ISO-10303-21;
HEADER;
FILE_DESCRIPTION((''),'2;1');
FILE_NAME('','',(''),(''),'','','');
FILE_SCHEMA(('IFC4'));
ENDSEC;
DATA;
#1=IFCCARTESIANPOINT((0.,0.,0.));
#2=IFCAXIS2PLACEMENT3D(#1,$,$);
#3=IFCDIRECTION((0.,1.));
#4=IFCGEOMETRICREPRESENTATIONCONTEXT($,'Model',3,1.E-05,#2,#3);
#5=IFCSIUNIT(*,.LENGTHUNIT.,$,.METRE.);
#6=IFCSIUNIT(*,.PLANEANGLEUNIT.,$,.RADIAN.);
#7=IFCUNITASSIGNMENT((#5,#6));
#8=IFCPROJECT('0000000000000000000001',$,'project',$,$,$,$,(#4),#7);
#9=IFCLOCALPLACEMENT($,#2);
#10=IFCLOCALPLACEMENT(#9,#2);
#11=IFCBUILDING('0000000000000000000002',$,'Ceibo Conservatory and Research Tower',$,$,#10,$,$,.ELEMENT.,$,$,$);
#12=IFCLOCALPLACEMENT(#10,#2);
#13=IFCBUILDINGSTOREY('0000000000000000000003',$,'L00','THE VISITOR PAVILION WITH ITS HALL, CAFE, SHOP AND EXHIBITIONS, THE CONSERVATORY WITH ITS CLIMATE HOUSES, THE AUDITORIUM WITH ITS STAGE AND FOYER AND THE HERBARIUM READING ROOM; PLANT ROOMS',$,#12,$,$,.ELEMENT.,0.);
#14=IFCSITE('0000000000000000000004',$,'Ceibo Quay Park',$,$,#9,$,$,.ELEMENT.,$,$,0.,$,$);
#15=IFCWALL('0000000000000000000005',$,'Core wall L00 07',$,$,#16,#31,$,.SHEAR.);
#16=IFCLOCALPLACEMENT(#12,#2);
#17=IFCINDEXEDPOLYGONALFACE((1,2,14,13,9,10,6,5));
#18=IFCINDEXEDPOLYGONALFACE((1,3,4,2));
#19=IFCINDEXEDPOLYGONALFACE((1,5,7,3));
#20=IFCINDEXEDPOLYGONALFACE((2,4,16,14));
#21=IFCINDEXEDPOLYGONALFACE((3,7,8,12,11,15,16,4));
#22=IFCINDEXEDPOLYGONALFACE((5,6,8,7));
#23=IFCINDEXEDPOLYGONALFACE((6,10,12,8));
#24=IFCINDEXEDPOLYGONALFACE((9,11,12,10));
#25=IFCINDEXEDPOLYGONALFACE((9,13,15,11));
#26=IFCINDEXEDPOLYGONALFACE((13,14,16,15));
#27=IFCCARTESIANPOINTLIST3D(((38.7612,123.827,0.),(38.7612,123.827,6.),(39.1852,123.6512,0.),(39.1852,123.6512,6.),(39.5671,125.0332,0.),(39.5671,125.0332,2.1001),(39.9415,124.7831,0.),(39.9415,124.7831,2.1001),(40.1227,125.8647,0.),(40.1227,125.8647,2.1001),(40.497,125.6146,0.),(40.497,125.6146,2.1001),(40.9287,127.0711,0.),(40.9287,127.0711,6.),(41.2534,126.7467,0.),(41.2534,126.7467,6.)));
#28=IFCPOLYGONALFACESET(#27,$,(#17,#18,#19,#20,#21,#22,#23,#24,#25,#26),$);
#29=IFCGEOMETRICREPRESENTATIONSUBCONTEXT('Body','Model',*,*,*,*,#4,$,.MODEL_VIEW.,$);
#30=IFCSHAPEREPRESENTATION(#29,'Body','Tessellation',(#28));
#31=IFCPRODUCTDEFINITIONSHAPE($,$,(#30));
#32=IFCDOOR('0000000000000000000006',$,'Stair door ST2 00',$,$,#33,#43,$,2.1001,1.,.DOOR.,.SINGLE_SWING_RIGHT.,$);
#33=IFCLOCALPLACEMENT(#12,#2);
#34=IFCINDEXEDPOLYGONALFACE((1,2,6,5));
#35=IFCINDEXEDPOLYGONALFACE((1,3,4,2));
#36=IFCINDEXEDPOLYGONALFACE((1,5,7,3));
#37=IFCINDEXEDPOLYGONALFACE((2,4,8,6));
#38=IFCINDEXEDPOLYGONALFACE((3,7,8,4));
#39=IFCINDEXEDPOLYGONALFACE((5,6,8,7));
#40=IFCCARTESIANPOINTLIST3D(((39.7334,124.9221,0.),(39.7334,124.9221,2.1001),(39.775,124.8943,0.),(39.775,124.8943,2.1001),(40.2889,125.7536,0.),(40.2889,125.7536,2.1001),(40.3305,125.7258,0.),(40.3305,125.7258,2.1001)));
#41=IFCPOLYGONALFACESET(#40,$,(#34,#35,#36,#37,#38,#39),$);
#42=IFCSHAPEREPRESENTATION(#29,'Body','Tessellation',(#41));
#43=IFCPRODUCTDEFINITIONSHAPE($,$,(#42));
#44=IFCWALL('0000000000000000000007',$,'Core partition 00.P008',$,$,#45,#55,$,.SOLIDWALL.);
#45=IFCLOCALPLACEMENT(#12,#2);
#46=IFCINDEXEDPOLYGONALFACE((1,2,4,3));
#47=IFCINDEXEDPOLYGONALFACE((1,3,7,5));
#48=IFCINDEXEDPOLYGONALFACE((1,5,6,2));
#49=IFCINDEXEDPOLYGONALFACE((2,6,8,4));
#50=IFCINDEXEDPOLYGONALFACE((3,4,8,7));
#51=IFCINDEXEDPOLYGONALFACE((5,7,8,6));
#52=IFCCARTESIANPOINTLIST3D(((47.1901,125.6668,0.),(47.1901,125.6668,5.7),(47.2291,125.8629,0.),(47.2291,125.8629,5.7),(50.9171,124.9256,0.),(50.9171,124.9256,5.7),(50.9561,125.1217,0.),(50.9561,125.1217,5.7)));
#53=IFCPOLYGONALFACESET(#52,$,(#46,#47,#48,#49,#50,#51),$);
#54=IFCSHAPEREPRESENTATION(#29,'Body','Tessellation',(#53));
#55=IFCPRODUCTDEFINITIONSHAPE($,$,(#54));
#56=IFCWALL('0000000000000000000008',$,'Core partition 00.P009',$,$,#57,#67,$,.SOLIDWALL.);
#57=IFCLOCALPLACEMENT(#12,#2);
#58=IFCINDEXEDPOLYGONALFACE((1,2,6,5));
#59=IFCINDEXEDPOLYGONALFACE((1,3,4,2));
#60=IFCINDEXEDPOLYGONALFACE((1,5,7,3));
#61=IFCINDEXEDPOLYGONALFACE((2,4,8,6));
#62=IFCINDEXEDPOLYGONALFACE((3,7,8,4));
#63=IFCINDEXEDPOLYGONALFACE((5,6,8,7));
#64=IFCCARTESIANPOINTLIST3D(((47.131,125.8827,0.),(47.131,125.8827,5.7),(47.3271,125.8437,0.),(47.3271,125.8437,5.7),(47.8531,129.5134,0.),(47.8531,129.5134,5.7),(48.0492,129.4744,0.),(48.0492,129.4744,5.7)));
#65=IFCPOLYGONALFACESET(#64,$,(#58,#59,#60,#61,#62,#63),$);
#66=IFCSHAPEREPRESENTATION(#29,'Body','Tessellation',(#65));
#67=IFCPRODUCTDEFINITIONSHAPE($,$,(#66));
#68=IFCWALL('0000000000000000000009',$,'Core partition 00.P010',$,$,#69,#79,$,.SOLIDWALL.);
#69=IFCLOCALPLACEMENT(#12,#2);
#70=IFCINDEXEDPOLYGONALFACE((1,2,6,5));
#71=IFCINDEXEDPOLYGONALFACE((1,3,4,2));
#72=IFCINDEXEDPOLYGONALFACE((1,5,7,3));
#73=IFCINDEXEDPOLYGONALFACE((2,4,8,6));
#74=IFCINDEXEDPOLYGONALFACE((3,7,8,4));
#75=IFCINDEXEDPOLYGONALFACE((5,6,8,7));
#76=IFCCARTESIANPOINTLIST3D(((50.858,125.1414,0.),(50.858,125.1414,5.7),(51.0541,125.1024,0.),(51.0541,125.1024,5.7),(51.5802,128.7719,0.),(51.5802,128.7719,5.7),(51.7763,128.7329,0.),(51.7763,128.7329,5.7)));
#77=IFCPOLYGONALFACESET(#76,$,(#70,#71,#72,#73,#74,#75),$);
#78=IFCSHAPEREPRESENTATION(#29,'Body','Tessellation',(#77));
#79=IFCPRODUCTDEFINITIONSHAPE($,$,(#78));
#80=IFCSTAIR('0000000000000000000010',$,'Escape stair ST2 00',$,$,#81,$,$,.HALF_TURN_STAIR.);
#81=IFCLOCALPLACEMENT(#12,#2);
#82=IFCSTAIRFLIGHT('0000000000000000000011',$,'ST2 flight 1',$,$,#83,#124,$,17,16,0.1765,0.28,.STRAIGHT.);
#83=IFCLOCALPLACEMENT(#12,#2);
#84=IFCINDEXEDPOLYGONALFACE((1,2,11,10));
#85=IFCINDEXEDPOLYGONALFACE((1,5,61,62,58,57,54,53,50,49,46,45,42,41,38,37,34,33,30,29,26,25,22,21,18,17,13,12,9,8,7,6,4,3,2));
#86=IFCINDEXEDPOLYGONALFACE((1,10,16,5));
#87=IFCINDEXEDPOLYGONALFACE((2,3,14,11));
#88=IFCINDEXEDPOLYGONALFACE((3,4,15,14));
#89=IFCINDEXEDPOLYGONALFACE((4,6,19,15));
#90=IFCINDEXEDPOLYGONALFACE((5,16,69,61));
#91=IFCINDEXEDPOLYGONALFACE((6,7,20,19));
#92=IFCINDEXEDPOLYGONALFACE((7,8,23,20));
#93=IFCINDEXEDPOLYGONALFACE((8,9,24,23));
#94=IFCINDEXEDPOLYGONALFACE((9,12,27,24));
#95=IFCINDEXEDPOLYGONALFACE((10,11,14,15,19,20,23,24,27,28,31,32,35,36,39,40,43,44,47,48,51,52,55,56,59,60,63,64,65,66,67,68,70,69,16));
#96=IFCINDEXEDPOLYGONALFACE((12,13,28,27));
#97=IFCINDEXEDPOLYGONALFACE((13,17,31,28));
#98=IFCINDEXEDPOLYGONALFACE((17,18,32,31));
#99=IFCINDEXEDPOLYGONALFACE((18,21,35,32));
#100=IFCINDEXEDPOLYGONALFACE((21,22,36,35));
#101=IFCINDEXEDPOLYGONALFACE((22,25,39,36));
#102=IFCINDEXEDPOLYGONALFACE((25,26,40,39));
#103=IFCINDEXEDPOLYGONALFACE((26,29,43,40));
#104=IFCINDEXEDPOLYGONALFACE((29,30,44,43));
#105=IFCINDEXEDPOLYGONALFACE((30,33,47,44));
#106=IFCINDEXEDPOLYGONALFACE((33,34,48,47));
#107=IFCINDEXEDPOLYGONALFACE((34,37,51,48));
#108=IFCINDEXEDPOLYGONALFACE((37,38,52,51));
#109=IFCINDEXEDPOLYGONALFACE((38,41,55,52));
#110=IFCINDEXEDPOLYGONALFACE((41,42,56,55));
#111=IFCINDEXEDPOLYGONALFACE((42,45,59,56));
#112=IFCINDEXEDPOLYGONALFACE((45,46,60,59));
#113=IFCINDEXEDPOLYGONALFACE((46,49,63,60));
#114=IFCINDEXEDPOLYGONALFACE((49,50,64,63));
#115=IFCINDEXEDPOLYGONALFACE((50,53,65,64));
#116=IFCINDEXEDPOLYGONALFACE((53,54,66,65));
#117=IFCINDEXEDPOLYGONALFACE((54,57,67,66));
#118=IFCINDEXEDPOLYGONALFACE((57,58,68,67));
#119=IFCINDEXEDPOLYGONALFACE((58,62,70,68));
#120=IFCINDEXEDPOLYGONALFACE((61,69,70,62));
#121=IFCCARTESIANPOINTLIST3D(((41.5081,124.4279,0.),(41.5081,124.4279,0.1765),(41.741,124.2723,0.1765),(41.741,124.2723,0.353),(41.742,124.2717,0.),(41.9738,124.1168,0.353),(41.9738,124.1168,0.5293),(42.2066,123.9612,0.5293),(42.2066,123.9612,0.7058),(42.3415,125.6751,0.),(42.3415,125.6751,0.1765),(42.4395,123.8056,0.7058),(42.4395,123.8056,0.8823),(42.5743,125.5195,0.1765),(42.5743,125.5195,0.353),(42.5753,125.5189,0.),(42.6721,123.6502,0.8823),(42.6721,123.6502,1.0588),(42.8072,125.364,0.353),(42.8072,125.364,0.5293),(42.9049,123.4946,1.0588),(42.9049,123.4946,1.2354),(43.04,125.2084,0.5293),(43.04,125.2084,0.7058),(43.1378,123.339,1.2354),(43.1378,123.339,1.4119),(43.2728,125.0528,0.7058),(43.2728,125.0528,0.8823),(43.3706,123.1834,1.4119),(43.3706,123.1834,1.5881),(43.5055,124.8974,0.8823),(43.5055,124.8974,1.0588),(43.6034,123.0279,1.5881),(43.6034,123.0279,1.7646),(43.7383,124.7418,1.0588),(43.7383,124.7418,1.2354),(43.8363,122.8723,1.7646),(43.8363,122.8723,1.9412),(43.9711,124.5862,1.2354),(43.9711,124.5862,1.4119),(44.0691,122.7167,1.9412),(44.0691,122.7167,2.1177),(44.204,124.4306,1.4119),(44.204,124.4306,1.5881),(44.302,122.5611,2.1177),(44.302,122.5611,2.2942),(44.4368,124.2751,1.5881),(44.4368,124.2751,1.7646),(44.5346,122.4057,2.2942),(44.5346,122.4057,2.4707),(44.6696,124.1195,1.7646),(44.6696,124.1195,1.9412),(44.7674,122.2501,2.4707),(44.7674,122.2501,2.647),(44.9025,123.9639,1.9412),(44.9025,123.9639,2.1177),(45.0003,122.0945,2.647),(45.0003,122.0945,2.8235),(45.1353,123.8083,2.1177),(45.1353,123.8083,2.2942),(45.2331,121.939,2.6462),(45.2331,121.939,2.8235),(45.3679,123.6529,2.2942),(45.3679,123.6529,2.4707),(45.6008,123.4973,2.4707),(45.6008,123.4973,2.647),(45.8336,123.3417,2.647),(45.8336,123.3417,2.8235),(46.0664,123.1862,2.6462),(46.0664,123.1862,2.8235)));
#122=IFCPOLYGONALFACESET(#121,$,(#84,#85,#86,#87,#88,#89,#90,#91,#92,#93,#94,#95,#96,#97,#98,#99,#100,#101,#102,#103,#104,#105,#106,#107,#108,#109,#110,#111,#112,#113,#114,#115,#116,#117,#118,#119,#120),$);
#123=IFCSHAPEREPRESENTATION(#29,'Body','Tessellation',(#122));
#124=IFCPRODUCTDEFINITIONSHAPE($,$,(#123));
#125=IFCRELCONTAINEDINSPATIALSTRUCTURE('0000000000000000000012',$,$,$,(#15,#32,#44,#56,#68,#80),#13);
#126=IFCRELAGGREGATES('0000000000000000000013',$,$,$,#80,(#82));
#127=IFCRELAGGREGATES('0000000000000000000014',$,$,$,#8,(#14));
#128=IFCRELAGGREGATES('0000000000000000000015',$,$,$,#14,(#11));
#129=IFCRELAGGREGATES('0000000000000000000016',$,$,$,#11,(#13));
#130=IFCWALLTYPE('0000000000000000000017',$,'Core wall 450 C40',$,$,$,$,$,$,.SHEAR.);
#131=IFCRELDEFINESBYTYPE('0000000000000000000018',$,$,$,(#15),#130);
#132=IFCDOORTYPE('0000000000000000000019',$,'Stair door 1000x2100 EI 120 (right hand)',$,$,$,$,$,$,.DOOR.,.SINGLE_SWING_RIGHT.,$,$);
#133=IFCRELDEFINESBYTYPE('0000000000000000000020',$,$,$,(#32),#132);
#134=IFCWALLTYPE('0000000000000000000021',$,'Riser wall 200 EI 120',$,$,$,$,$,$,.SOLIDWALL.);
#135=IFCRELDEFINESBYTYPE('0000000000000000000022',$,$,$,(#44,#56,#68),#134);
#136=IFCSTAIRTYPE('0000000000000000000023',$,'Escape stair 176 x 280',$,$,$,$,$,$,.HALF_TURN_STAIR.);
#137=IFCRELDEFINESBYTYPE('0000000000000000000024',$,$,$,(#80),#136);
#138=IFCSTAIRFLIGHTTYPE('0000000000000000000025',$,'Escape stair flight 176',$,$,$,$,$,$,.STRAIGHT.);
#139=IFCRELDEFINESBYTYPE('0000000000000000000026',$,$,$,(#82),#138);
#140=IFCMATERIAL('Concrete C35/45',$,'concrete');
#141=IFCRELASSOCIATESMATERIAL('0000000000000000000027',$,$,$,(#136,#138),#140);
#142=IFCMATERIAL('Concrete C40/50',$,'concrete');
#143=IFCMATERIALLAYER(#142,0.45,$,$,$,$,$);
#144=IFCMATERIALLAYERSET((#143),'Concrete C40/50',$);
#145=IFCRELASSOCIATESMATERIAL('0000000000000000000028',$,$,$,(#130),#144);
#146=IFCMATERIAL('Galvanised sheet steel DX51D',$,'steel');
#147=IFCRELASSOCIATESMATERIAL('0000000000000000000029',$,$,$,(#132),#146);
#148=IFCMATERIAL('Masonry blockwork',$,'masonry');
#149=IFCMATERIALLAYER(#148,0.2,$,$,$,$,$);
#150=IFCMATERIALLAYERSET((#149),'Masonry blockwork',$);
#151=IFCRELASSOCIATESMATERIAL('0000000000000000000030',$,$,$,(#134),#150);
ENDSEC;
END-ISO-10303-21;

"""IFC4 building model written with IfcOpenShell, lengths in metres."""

from ifc_helpers import new_model, si_unit, direction, frame, frame_2d, origin, place, context, subcontext, project, spatial, polyline, rectangle, outline, extrude, material, layer, layer_set, type_object, element, fill, aggregate, save


model = new_model("IFC4")

# Units and contexts
model_context = context("Model", 3, precision=1e-05, world=origin(), true_north=direction((0.0, 1.0)))
body_context = subcontext(model_context, "Body", "Model", "MODEL_VIEW")
ifc_project = project(units=[si_unit("LENGTHUNIT", "METRE"), si_unit("PLANEANGLEUNIT", "RADIAN")], contexts=[model_context])

# Site, building, storey
site_placement = place(None, origin())
site = spatial("IfcSite", under=ifc_project, at=site_placement, Name="Ceibo Quay Park", CompositionType="ELEMENT", RefElevation=0.0)
building_placement = place(site_placement, origin())
building = spatial("IfcBuilding", under=site, at=building_placement, Name="Ceibo Conservatory and Research Tower", CompositionType="ELEMENT")
storey_placement = place(building_placement, origin())
storey = spatial("IfcBuildingStorey", under=building, at=storey_placement, Name="L00", Description="THE VISITOR PAVILION WITH ITS HALL, CAFE, SHOP AND EXHIBITIONS, THE CONSERVATORY WITH ITS CLIMATE HOUSES, THE AUDITORIUM WITH ITS STAGE AND FOYER AND THE HERBARIUM READING ROOM; PLANT ROOMS", CompositionType="ELEMENT", Elevation=0.0)

# Shared definitions
ifc_material_1 = material(Name="Concrete C35/45", Category="concrete")

# Shared definitions
stair_type = type_object("IfcStairType", Name="Escape stair 176 x 280", PredefinedType="HALF_TURN_STAIR", material=ifc_material_1)

# Shared definitions
ifc_material_2 = material(Name="Concrete C40/50", Category="concrete")
ifc_layer_1 = layer(ifc_material_2, 0.45)
ifc_layer_set_1 = layer_set([ifc_layer_1], Name="Concrete C40/50")
wall_type_1 = type_object("IfcWallType", Name="Core wall 450 C40", PredefinedType="SHEAR", material=ifc_layer_set_1)
ifc_material_3 = material(Name="Galvanised sheet steel DX51D", Category="steel")

# Wall, opening, door
wall_1_placement = place(storey_placement, frame((41.0911, 126.9089, 0.0), z_axis=(0.0, 0.0, 1.0), x_axis=(-0.555542, -0.831488, 0.0)))
wall_1 = element("IfcWall", 1, at=wall_1_placement, inside=storey, type_object=wall_type_1, Name="Core wall L00 07", PredefinedType="SHEAR", context=body_context, shape_type="SweptSolid", body=[
    extrude(outline(polyline([(-0.0447, -0.2251), (3.8569, -0.2251), (3.7676, 0.2251), (0.0447, 0.2251), (-0.0447, -0.2251)])), origin(), (0.0, 0.0, 1.0), 6.0),
])
opening_1_placement = place(wall_1_placement, frame((1.4062, 0.0, 0.0)))
opening_1 = element("IfcOpeningElement", 2, at=opening_1_placement, cuts=wall_1, PredefinedType="OPENING", context=body_context, shape_type="SweptSolid", body=[
    extrude(rectangle(XDim=1.0, YDim=2.1001, at=frame_2d((0.5, 1.05))), frame((0.0, 0.2349, 0.0), z_axis=(0.0, -1.0, 0.0), x_axis=(1.0, 0.0, 0.0)), (0.0, 0.0, 1.0), 0.47),
])
door_type_1 = type_object("IfcDoorType", Name="Stair door 1000x2100 EI 120 (right hand)", OperationType="SINGLE_SWING_RIGHT", PredefinedType="DOOR", material=ifc_material_3)
door_1_placement = place(opening_1_placement, origin())
door_1 = element("IfcDoor", 3, at=door_1_placement, inside=storey, type_object=door_type_1, Name="Stair door ST2 00", OperationType="SINGLE_SWING_RIGHT", OverallHeight=2.1001, OverallWidth=1.0, PredefinedType="DOOR", context=body_context, shape_type="SweptSolid", body=[
    extrude(rectangle(XDim=1.0, YDim=2.1001, at=frame_2d((0.5, 1.05))), frame((0.0, 0.0249, 0.0), z_axis=(0.0, -1.0, 0.0), x_axis=(1.0, 0.0, 0.0)), (0.0, 0.0, 1.0), 0.05),
])
fill(opening_1, door_1)

# Walls
ifc_material_4 = material(Name="Masonry blockwork", Category="masonry")
ifc_layer_2 = layer(ifc_material_4, 0.2)
ifc_layer_set_2 = layer_set([ifc_layer_2], Name="Masonry blockwork")
wall_type_2 = type_object("IfcWallType", Name="Riser wall 200 EI 120", PredefinedType="SOLIDWALL", material=ifc_layer_set_2)
wall_2_placement = place(storey_placement, frame((50.9365, 125.0237, 0.0), z_axis=(0.0, 0.0, 1.0), x_axis=(-0.980793, 0.195053, 0.0)))
element("IfcWall", 4, at=wall_2_placement, inside=storey, type_object=wall_type_2, Name="Core partition 00.P008", PredefinedType="SOLIDWALL", context=body_context, shape_type="SweptSolid", body=[
    extrude(rectangle(XDim=3.8, YDim=0.2, at=frame_2d((1.8999, 0.0))), origin(), (0.0, 0.0, 1.0), 5.7),
])
wall_3_placement = place(storey_placement, frame((47.229, 125.863, 0.0), z_axis=(0.0, 0.0, 1.0), x_axis=(0.195076, 0.980788, 0.0)))
element("IfcWall", 5, at=wall_3_placement, inside=storey, type_object=wall_type_2, Name="Core partition 00.P009", PredefinedType="SOLIDWALL", context=body_context, shape_type="SweptSolid", body=[
    extrude(rectangle(XDim=3.7019, YDim=0.2, at=frame_2d((1.8511, 0.0))), origin(), (0.0, 0.0, 1.0), 5.7),
])
wall_4_placement = place(storey_placement, frame((51.6782, 128.7524, 0.0), z_axis=(0.0, 0.0, 1.0), x_axis=(-0.195089, -0.980786, 0.0)))
element("IfcWall", 6, at=wall_4_placement, inside=storey, type_object=wall_type_2, Name="Core partition 00.P010", PredefinedType="SOLIDWALL", context=body_context, shape_type="SweptSolid", body=[
    extrude(rectangle(XDim=3.7017, YDim=0.2, at=frame_2d((1.8508, 0.0))), origin(), (0.0, 0.0, 1.0), 5.7),
])

# Stair, stair flight
stair_1_placement = place(storey_placement, origin())
stair_1 = element("IfcStair", 7, at=stair_1_placement, inside=storey, type_object=stair_type, Name="Escape stair ST2 00", PredefinedType="HALF_TURN_STAIR")
stair_flight_type = type_object("IfcStairFlightType", Name="Escape stair flight 176", PredefinedType="STRAIGHT", material=ifc_material_1)
stair_flight_placement = place(storey_placement, frame((41.9248, 125.0515, 0.0), z_axis=(0.0, 0.0, 1.0), x_axis=(0.83147, -0.55557, 0.0)))
stair_flight = element("IfcStairFlight", 8, at=stair_flight_placement, type_object=stair_flight_type, Name="ST2 flight 1", NumberOfRisers=17, NumberOfTreads=16, PredefinedType="STRAIGHT", RiserHeight=0.1765, TreadLength=0.28, context=body_context, shape_type="SweptSolid", body=[
    extrude(outline(polyline([(0.0, 0.0), (0.0, 0.1765), (0.28, 0.1765), (0.28, 0.353), (0.5601, 0.353), (0.5601, 0.5293), (0.8401, 0.5293), (0.8401, 0.7058), (1.1201, 0.7058), (1.1201, 0.8823), (1.3999, 0.8823), (1.3999, 1.0588), (1.6799, 1.0588), (1.6799, 1.2354), (1.96, 1.2354), (1.96, 1.4119), (2.24, 1.4119), (2.24, 1.5881), (2.52, 1.5881), (2.52, 1.7646), (2.8, 1.7646), (2.8, 1.9412), (3.0801, 1.9412), (3.0801, 2.1177), (3.3601, 2.1177), (3.3601, 2.2942), (3.6399, 2.2942), (3.6399, 2.4707), (3.9199, 2.4707), (3.9199, 2.647), (4.2, 2.647), (4.2, 2.8235), (4.48, 2.8235), (4.48, 3.0), (4.48, 2.6462), (0.2812, 0.0), (0.0, 0.0)])), frame((0.0, 0.75, 0.0), z_axis=(0.0, -1.0, 0.0), x_axis=(1.0, 0.0, 0.0)), (0.0, 0.0, 1.0), 1.5),
])
aggregate(stair_1, [stair_flight])

save(model, "model.ifc")
